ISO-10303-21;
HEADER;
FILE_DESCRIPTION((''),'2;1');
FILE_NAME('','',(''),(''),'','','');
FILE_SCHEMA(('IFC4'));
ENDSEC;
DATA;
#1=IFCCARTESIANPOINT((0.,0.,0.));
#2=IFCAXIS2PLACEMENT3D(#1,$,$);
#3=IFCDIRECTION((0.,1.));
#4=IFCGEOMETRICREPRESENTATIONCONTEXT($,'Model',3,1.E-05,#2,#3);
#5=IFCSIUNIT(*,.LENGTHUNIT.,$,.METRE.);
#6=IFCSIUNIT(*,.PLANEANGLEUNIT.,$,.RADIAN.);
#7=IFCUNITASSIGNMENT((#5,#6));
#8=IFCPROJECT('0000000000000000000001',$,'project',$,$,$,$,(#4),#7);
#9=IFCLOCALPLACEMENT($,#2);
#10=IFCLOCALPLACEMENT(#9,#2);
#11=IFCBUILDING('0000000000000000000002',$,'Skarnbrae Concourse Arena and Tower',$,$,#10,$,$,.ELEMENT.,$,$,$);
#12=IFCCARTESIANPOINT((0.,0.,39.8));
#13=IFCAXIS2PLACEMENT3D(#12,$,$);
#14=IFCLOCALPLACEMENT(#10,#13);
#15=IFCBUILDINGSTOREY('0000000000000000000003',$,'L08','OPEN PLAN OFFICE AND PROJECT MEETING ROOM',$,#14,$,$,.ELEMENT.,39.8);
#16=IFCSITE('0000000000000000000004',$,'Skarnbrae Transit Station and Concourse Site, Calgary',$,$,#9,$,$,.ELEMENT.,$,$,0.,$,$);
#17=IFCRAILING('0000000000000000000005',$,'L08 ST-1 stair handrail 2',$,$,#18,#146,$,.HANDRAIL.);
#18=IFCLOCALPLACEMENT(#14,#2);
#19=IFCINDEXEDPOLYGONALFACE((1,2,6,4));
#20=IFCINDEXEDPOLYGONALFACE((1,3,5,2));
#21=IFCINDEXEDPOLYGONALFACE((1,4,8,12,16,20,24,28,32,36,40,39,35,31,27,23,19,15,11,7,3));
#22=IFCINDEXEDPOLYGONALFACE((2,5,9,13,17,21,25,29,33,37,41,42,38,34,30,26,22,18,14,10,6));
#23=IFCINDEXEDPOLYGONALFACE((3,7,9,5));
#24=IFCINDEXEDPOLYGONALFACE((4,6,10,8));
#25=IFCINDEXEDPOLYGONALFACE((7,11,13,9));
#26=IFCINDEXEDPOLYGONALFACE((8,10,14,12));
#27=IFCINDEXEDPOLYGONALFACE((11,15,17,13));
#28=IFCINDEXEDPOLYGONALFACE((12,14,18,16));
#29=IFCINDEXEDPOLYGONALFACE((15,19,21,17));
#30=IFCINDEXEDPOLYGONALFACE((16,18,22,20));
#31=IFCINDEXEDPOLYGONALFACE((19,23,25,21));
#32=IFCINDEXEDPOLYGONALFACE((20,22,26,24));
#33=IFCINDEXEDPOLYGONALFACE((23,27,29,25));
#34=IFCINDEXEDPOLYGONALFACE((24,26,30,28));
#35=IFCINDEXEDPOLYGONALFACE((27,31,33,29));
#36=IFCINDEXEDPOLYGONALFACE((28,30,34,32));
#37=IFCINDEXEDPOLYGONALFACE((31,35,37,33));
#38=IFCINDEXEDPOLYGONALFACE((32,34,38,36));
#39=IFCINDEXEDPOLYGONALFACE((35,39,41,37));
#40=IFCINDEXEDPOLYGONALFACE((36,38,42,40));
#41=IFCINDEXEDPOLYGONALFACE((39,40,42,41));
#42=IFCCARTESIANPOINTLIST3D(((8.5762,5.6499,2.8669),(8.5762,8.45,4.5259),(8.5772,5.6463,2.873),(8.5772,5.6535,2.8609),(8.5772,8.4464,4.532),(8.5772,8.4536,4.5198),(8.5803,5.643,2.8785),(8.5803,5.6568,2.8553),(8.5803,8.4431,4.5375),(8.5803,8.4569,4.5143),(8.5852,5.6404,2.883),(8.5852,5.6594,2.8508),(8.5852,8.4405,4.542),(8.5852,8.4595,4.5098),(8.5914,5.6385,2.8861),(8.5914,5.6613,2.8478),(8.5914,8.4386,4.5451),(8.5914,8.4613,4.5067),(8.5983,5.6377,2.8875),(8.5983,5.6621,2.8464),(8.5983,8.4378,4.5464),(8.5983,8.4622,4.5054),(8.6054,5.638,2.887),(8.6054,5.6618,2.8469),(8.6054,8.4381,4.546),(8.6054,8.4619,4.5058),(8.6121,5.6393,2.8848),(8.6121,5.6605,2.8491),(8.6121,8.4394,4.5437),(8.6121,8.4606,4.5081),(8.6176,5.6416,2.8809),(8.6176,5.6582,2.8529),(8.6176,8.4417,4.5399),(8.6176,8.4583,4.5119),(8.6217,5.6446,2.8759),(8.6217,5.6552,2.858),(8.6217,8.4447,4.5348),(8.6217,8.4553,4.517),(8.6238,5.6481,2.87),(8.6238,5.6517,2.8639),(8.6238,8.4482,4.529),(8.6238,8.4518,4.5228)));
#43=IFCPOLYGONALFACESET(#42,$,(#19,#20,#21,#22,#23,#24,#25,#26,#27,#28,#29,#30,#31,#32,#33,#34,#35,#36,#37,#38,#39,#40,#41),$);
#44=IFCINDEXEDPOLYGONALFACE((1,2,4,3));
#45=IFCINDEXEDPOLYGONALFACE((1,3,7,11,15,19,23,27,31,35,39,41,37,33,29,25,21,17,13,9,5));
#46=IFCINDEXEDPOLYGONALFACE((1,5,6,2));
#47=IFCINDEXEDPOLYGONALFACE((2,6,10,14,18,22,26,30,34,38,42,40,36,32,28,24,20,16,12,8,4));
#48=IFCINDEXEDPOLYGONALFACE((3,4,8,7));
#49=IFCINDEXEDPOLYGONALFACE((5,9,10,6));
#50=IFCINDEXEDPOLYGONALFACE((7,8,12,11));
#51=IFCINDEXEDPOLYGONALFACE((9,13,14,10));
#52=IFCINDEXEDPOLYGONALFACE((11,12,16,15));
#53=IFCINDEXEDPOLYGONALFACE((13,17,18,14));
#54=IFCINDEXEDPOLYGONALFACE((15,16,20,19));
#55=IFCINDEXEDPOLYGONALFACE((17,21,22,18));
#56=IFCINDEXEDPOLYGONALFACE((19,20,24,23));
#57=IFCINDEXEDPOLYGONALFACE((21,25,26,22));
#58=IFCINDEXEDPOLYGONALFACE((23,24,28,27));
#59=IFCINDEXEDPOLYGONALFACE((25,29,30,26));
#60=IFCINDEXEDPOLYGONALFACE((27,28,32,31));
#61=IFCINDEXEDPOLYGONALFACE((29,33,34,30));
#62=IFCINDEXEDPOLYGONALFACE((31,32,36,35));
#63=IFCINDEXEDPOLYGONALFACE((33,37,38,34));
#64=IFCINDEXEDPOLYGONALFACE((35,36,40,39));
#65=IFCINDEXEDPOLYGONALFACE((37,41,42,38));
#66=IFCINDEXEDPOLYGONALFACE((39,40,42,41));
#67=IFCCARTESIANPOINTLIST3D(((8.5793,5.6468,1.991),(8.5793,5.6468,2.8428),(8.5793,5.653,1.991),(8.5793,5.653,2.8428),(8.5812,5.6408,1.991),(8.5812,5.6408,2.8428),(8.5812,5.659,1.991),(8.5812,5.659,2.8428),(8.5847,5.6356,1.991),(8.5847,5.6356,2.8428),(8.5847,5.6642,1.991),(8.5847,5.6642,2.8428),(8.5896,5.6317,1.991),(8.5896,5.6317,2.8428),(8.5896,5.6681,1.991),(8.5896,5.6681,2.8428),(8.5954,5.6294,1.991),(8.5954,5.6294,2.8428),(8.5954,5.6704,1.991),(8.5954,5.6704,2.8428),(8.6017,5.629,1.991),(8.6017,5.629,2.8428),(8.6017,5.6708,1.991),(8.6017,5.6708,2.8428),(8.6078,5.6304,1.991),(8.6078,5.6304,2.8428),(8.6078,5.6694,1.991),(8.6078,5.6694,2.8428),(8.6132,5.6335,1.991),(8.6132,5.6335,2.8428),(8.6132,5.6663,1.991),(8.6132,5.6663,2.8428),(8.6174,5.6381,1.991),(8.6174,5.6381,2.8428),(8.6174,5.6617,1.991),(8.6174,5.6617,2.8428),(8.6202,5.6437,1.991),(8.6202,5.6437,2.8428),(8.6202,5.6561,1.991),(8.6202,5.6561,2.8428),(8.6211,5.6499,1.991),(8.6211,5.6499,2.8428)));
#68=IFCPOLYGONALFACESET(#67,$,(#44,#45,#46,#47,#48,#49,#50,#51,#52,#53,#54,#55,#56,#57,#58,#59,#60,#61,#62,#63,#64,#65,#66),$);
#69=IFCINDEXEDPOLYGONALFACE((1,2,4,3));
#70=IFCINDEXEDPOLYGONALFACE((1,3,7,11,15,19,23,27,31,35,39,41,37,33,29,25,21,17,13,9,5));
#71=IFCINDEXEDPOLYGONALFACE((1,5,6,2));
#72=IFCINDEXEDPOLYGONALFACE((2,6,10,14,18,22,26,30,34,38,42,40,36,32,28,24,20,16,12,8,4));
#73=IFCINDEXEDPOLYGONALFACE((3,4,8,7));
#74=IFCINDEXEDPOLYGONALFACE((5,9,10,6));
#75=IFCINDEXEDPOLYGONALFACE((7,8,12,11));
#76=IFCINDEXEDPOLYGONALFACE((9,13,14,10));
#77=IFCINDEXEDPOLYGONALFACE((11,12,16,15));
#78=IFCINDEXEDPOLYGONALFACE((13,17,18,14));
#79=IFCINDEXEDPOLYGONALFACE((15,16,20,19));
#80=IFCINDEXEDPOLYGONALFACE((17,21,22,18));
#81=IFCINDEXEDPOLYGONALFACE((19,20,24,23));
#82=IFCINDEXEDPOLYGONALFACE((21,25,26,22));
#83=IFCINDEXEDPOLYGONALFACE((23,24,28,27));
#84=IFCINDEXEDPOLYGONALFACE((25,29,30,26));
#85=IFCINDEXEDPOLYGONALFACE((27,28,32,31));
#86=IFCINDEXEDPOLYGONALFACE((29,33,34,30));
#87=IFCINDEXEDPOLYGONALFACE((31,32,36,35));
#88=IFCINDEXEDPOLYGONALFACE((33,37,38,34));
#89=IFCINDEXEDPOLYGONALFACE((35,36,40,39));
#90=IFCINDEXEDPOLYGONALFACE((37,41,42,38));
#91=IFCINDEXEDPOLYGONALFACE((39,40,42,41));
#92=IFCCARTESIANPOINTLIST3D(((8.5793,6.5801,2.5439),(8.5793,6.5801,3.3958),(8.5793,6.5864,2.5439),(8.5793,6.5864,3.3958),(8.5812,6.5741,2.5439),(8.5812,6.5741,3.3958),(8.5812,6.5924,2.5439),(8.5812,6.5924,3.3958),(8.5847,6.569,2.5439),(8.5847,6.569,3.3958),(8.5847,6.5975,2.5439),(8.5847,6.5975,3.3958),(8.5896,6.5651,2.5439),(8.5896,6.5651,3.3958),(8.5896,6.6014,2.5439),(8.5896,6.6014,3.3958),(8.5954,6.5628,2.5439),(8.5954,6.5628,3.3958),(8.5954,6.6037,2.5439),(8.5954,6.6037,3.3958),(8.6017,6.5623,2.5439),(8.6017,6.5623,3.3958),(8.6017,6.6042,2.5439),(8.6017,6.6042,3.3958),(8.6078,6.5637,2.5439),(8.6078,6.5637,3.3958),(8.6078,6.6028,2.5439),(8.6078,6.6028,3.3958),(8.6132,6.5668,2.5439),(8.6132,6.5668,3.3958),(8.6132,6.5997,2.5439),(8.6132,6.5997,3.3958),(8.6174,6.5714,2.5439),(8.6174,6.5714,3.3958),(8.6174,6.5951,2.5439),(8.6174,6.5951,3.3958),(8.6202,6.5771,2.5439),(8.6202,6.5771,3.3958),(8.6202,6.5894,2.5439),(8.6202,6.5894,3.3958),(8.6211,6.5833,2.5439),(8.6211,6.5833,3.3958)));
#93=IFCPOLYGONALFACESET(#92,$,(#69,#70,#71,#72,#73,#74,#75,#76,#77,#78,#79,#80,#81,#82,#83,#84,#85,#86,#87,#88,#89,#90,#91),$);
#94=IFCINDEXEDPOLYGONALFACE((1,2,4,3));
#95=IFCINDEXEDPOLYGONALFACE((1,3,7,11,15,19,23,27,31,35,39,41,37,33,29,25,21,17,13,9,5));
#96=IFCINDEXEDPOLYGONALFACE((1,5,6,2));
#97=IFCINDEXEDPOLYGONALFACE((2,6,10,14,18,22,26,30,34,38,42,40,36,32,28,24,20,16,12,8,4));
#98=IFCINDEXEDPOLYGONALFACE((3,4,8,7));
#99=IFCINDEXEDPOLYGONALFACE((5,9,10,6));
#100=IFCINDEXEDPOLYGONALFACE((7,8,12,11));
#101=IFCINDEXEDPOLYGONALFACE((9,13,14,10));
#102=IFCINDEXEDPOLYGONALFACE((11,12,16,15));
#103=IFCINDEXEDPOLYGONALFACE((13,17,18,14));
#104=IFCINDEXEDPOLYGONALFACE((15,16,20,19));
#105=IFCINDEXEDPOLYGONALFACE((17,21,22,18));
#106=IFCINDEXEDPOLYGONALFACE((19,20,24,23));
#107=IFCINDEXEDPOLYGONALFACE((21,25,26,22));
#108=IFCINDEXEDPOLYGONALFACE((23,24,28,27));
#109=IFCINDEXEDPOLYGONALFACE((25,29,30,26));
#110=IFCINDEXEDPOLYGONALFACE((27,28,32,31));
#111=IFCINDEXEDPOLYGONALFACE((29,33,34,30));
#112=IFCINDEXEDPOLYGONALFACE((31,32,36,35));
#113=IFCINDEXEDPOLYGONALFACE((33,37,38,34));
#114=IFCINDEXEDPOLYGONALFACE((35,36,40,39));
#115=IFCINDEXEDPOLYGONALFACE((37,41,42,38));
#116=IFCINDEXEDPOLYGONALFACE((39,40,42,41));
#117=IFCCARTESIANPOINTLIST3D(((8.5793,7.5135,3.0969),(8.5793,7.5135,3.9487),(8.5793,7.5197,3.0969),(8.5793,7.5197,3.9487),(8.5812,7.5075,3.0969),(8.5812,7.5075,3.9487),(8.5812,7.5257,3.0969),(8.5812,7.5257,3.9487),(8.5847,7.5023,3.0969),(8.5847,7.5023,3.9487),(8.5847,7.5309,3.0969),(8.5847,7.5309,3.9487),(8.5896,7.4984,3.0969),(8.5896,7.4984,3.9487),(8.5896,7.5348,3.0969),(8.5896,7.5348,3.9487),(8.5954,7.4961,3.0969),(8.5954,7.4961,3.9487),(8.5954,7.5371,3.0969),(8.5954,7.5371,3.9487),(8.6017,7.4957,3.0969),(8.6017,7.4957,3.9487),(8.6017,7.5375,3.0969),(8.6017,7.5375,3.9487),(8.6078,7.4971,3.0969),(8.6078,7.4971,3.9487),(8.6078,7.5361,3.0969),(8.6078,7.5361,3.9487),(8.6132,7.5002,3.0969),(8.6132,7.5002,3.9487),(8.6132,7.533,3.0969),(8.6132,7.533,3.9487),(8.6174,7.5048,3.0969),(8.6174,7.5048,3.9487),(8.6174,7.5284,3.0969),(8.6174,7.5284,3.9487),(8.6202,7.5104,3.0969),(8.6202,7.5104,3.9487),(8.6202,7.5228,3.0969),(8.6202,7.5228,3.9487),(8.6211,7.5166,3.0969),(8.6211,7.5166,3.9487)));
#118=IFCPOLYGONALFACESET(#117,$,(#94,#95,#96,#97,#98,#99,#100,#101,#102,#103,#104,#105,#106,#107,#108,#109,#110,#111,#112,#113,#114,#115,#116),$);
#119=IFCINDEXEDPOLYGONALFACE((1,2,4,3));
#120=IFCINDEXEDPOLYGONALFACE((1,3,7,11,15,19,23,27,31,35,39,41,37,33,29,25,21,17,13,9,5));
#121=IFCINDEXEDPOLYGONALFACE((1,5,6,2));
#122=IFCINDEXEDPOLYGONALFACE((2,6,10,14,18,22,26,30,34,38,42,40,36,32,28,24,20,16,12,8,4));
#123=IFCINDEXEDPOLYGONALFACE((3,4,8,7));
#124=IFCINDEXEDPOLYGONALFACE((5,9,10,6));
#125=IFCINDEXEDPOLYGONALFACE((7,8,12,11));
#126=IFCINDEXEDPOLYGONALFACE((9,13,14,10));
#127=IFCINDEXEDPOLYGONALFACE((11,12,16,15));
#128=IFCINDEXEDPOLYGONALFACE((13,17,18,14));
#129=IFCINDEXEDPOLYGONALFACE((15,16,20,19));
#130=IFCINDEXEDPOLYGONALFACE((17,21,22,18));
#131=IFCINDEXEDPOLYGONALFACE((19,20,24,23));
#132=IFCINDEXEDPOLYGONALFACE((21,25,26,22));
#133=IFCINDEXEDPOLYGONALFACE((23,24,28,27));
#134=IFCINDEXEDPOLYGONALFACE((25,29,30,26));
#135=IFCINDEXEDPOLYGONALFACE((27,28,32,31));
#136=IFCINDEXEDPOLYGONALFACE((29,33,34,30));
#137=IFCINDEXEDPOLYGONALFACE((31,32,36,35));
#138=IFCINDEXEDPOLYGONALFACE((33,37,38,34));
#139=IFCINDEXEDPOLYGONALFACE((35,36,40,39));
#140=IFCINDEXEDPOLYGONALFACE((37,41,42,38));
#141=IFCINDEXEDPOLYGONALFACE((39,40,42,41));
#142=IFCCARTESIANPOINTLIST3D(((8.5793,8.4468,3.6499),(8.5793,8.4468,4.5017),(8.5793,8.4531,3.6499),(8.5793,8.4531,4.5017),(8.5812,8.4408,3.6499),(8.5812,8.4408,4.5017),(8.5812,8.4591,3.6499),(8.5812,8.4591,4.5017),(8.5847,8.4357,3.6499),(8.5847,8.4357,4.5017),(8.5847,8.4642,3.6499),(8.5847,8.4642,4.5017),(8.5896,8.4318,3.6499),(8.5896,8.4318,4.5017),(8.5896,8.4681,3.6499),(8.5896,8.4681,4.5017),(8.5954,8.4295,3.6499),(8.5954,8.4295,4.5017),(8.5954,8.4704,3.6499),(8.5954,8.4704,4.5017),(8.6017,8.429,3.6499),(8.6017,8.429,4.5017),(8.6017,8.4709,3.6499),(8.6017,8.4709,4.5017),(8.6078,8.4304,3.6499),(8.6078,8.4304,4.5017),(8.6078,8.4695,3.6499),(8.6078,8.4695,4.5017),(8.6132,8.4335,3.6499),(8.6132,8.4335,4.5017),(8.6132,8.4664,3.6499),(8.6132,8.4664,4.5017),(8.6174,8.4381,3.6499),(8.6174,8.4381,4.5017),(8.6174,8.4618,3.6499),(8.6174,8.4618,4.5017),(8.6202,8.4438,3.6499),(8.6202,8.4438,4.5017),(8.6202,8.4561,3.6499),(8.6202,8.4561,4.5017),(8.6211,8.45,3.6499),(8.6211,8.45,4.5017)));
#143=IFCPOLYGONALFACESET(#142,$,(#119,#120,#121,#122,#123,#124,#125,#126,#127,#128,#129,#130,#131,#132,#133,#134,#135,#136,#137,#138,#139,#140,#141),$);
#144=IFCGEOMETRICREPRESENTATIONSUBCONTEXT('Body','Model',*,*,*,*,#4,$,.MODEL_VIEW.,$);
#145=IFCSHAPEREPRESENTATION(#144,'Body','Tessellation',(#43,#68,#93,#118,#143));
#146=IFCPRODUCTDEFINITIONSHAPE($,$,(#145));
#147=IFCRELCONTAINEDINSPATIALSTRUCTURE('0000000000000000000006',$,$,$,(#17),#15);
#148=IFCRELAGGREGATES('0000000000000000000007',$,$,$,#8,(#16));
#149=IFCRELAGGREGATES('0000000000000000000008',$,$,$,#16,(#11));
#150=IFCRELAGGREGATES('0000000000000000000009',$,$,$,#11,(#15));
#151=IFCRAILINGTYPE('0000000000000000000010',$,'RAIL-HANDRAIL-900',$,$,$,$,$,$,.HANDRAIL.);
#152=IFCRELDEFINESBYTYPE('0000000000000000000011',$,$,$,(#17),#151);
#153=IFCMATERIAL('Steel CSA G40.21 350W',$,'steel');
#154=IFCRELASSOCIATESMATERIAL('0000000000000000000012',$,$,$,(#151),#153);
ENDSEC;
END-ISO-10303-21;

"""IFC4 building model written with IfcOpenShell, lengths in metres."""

from ifc_helpers import new_model, si_unit, direction, frame, origin, origin_2d, place, context, subcontext, project, spatial, circle, extrude, material, type_object, element, save


model = new_model("IFC4")

# Units and contexts
model_context = context("Model", 3, precision=1e-05, world=origin(), true_north=direction((0.0, 1.0)))
body_context = subcontext(model_context, "Body", "Model", "MODEL_VIEW")
ifc_project = project(units=[si_unit("LENGTHUNIT", "METRE"), si_unit("PLANEANGLEUNIT", "RADIAN")], contexts=[model_context])

# Site, building, storey
site_placement = place(None, origin())
site = spatial("IfcSite", under=ifc_project, at=site_placement, Name="Skarnbrae Transit Station and Concourse Site, Calgary", CompositionType="ELEMENT", RefElevation=0.0)
building_placement = place(site_placement, origin())
building = spatial("IfcBuilding", under=site, at=building_placement, Name="Skarnbrae Concourse Arena and Tower", CompositionType="ELEMENT")
storey_placement = place(building_placement, frame((0.0, 0.0, 39.8)))
storey = spatial("IfcBuildingStorey", under=building, at=storey_placement, Name="L08", Description="OPEN PLAN OFFICE AND PROJECT MEETING ROOM", CompositionType="ELEMENT", Elevation=39.8)

# Shared definitions
ifc_material_1 = material(Name="Steel CSA G40.21 350W", Category="steel")

# Railing
railing_type_1 = type_object("IfcRailingType", Name="RAIL-HANDRAIL-900", PredefinedType="HANDRAIL", material=ifc_material_1)
railing_1_placement = place(storey_placement, frame((8.6001, 5.6499, 1.991)))
element("IfcRailing", 1, at=railing_1_placement, inside=storey, type_object=railing_type_1, Name="L08 ST-1 stair handrail 2", PredefinedType="HANDRAIL", context=body_context, shape_type="SweptSolid", body=[
    extrude(circle(Radius=0.0239, at=origin_2d()), frame((0.0, 0.0, 0.876), z_axis=(0.0, 0.860339, 0.509722), x_axis=(-1.0, 0.0, 0.0)), (0.0, 0.0, 1.0), 3.2546),
    extrude(circle(Radius=0.021, at=origin_2d()), origin(), (0.0, 0.0, 1.0), 0.8518),
    extrude(circle(Radius=0.021, at=origin_2d()), frame((0.0, 0.9333, 0.553)), (0.0, 0.0, 1.0), 0.8518),
    extrude(circle(Radius=0.021, at=origin_2d()), frame((0.0, 1.8667, 1.106)), (0.0, 0.0, 1.0), 0.8518),
    extrude(circle(Radius=0.021, at=origin_2d()), frame((0.0, 2.8, 1.6589)), (0.0, 0.0, 1.0), 0.8518),
])

save(model, "model.ifc")
